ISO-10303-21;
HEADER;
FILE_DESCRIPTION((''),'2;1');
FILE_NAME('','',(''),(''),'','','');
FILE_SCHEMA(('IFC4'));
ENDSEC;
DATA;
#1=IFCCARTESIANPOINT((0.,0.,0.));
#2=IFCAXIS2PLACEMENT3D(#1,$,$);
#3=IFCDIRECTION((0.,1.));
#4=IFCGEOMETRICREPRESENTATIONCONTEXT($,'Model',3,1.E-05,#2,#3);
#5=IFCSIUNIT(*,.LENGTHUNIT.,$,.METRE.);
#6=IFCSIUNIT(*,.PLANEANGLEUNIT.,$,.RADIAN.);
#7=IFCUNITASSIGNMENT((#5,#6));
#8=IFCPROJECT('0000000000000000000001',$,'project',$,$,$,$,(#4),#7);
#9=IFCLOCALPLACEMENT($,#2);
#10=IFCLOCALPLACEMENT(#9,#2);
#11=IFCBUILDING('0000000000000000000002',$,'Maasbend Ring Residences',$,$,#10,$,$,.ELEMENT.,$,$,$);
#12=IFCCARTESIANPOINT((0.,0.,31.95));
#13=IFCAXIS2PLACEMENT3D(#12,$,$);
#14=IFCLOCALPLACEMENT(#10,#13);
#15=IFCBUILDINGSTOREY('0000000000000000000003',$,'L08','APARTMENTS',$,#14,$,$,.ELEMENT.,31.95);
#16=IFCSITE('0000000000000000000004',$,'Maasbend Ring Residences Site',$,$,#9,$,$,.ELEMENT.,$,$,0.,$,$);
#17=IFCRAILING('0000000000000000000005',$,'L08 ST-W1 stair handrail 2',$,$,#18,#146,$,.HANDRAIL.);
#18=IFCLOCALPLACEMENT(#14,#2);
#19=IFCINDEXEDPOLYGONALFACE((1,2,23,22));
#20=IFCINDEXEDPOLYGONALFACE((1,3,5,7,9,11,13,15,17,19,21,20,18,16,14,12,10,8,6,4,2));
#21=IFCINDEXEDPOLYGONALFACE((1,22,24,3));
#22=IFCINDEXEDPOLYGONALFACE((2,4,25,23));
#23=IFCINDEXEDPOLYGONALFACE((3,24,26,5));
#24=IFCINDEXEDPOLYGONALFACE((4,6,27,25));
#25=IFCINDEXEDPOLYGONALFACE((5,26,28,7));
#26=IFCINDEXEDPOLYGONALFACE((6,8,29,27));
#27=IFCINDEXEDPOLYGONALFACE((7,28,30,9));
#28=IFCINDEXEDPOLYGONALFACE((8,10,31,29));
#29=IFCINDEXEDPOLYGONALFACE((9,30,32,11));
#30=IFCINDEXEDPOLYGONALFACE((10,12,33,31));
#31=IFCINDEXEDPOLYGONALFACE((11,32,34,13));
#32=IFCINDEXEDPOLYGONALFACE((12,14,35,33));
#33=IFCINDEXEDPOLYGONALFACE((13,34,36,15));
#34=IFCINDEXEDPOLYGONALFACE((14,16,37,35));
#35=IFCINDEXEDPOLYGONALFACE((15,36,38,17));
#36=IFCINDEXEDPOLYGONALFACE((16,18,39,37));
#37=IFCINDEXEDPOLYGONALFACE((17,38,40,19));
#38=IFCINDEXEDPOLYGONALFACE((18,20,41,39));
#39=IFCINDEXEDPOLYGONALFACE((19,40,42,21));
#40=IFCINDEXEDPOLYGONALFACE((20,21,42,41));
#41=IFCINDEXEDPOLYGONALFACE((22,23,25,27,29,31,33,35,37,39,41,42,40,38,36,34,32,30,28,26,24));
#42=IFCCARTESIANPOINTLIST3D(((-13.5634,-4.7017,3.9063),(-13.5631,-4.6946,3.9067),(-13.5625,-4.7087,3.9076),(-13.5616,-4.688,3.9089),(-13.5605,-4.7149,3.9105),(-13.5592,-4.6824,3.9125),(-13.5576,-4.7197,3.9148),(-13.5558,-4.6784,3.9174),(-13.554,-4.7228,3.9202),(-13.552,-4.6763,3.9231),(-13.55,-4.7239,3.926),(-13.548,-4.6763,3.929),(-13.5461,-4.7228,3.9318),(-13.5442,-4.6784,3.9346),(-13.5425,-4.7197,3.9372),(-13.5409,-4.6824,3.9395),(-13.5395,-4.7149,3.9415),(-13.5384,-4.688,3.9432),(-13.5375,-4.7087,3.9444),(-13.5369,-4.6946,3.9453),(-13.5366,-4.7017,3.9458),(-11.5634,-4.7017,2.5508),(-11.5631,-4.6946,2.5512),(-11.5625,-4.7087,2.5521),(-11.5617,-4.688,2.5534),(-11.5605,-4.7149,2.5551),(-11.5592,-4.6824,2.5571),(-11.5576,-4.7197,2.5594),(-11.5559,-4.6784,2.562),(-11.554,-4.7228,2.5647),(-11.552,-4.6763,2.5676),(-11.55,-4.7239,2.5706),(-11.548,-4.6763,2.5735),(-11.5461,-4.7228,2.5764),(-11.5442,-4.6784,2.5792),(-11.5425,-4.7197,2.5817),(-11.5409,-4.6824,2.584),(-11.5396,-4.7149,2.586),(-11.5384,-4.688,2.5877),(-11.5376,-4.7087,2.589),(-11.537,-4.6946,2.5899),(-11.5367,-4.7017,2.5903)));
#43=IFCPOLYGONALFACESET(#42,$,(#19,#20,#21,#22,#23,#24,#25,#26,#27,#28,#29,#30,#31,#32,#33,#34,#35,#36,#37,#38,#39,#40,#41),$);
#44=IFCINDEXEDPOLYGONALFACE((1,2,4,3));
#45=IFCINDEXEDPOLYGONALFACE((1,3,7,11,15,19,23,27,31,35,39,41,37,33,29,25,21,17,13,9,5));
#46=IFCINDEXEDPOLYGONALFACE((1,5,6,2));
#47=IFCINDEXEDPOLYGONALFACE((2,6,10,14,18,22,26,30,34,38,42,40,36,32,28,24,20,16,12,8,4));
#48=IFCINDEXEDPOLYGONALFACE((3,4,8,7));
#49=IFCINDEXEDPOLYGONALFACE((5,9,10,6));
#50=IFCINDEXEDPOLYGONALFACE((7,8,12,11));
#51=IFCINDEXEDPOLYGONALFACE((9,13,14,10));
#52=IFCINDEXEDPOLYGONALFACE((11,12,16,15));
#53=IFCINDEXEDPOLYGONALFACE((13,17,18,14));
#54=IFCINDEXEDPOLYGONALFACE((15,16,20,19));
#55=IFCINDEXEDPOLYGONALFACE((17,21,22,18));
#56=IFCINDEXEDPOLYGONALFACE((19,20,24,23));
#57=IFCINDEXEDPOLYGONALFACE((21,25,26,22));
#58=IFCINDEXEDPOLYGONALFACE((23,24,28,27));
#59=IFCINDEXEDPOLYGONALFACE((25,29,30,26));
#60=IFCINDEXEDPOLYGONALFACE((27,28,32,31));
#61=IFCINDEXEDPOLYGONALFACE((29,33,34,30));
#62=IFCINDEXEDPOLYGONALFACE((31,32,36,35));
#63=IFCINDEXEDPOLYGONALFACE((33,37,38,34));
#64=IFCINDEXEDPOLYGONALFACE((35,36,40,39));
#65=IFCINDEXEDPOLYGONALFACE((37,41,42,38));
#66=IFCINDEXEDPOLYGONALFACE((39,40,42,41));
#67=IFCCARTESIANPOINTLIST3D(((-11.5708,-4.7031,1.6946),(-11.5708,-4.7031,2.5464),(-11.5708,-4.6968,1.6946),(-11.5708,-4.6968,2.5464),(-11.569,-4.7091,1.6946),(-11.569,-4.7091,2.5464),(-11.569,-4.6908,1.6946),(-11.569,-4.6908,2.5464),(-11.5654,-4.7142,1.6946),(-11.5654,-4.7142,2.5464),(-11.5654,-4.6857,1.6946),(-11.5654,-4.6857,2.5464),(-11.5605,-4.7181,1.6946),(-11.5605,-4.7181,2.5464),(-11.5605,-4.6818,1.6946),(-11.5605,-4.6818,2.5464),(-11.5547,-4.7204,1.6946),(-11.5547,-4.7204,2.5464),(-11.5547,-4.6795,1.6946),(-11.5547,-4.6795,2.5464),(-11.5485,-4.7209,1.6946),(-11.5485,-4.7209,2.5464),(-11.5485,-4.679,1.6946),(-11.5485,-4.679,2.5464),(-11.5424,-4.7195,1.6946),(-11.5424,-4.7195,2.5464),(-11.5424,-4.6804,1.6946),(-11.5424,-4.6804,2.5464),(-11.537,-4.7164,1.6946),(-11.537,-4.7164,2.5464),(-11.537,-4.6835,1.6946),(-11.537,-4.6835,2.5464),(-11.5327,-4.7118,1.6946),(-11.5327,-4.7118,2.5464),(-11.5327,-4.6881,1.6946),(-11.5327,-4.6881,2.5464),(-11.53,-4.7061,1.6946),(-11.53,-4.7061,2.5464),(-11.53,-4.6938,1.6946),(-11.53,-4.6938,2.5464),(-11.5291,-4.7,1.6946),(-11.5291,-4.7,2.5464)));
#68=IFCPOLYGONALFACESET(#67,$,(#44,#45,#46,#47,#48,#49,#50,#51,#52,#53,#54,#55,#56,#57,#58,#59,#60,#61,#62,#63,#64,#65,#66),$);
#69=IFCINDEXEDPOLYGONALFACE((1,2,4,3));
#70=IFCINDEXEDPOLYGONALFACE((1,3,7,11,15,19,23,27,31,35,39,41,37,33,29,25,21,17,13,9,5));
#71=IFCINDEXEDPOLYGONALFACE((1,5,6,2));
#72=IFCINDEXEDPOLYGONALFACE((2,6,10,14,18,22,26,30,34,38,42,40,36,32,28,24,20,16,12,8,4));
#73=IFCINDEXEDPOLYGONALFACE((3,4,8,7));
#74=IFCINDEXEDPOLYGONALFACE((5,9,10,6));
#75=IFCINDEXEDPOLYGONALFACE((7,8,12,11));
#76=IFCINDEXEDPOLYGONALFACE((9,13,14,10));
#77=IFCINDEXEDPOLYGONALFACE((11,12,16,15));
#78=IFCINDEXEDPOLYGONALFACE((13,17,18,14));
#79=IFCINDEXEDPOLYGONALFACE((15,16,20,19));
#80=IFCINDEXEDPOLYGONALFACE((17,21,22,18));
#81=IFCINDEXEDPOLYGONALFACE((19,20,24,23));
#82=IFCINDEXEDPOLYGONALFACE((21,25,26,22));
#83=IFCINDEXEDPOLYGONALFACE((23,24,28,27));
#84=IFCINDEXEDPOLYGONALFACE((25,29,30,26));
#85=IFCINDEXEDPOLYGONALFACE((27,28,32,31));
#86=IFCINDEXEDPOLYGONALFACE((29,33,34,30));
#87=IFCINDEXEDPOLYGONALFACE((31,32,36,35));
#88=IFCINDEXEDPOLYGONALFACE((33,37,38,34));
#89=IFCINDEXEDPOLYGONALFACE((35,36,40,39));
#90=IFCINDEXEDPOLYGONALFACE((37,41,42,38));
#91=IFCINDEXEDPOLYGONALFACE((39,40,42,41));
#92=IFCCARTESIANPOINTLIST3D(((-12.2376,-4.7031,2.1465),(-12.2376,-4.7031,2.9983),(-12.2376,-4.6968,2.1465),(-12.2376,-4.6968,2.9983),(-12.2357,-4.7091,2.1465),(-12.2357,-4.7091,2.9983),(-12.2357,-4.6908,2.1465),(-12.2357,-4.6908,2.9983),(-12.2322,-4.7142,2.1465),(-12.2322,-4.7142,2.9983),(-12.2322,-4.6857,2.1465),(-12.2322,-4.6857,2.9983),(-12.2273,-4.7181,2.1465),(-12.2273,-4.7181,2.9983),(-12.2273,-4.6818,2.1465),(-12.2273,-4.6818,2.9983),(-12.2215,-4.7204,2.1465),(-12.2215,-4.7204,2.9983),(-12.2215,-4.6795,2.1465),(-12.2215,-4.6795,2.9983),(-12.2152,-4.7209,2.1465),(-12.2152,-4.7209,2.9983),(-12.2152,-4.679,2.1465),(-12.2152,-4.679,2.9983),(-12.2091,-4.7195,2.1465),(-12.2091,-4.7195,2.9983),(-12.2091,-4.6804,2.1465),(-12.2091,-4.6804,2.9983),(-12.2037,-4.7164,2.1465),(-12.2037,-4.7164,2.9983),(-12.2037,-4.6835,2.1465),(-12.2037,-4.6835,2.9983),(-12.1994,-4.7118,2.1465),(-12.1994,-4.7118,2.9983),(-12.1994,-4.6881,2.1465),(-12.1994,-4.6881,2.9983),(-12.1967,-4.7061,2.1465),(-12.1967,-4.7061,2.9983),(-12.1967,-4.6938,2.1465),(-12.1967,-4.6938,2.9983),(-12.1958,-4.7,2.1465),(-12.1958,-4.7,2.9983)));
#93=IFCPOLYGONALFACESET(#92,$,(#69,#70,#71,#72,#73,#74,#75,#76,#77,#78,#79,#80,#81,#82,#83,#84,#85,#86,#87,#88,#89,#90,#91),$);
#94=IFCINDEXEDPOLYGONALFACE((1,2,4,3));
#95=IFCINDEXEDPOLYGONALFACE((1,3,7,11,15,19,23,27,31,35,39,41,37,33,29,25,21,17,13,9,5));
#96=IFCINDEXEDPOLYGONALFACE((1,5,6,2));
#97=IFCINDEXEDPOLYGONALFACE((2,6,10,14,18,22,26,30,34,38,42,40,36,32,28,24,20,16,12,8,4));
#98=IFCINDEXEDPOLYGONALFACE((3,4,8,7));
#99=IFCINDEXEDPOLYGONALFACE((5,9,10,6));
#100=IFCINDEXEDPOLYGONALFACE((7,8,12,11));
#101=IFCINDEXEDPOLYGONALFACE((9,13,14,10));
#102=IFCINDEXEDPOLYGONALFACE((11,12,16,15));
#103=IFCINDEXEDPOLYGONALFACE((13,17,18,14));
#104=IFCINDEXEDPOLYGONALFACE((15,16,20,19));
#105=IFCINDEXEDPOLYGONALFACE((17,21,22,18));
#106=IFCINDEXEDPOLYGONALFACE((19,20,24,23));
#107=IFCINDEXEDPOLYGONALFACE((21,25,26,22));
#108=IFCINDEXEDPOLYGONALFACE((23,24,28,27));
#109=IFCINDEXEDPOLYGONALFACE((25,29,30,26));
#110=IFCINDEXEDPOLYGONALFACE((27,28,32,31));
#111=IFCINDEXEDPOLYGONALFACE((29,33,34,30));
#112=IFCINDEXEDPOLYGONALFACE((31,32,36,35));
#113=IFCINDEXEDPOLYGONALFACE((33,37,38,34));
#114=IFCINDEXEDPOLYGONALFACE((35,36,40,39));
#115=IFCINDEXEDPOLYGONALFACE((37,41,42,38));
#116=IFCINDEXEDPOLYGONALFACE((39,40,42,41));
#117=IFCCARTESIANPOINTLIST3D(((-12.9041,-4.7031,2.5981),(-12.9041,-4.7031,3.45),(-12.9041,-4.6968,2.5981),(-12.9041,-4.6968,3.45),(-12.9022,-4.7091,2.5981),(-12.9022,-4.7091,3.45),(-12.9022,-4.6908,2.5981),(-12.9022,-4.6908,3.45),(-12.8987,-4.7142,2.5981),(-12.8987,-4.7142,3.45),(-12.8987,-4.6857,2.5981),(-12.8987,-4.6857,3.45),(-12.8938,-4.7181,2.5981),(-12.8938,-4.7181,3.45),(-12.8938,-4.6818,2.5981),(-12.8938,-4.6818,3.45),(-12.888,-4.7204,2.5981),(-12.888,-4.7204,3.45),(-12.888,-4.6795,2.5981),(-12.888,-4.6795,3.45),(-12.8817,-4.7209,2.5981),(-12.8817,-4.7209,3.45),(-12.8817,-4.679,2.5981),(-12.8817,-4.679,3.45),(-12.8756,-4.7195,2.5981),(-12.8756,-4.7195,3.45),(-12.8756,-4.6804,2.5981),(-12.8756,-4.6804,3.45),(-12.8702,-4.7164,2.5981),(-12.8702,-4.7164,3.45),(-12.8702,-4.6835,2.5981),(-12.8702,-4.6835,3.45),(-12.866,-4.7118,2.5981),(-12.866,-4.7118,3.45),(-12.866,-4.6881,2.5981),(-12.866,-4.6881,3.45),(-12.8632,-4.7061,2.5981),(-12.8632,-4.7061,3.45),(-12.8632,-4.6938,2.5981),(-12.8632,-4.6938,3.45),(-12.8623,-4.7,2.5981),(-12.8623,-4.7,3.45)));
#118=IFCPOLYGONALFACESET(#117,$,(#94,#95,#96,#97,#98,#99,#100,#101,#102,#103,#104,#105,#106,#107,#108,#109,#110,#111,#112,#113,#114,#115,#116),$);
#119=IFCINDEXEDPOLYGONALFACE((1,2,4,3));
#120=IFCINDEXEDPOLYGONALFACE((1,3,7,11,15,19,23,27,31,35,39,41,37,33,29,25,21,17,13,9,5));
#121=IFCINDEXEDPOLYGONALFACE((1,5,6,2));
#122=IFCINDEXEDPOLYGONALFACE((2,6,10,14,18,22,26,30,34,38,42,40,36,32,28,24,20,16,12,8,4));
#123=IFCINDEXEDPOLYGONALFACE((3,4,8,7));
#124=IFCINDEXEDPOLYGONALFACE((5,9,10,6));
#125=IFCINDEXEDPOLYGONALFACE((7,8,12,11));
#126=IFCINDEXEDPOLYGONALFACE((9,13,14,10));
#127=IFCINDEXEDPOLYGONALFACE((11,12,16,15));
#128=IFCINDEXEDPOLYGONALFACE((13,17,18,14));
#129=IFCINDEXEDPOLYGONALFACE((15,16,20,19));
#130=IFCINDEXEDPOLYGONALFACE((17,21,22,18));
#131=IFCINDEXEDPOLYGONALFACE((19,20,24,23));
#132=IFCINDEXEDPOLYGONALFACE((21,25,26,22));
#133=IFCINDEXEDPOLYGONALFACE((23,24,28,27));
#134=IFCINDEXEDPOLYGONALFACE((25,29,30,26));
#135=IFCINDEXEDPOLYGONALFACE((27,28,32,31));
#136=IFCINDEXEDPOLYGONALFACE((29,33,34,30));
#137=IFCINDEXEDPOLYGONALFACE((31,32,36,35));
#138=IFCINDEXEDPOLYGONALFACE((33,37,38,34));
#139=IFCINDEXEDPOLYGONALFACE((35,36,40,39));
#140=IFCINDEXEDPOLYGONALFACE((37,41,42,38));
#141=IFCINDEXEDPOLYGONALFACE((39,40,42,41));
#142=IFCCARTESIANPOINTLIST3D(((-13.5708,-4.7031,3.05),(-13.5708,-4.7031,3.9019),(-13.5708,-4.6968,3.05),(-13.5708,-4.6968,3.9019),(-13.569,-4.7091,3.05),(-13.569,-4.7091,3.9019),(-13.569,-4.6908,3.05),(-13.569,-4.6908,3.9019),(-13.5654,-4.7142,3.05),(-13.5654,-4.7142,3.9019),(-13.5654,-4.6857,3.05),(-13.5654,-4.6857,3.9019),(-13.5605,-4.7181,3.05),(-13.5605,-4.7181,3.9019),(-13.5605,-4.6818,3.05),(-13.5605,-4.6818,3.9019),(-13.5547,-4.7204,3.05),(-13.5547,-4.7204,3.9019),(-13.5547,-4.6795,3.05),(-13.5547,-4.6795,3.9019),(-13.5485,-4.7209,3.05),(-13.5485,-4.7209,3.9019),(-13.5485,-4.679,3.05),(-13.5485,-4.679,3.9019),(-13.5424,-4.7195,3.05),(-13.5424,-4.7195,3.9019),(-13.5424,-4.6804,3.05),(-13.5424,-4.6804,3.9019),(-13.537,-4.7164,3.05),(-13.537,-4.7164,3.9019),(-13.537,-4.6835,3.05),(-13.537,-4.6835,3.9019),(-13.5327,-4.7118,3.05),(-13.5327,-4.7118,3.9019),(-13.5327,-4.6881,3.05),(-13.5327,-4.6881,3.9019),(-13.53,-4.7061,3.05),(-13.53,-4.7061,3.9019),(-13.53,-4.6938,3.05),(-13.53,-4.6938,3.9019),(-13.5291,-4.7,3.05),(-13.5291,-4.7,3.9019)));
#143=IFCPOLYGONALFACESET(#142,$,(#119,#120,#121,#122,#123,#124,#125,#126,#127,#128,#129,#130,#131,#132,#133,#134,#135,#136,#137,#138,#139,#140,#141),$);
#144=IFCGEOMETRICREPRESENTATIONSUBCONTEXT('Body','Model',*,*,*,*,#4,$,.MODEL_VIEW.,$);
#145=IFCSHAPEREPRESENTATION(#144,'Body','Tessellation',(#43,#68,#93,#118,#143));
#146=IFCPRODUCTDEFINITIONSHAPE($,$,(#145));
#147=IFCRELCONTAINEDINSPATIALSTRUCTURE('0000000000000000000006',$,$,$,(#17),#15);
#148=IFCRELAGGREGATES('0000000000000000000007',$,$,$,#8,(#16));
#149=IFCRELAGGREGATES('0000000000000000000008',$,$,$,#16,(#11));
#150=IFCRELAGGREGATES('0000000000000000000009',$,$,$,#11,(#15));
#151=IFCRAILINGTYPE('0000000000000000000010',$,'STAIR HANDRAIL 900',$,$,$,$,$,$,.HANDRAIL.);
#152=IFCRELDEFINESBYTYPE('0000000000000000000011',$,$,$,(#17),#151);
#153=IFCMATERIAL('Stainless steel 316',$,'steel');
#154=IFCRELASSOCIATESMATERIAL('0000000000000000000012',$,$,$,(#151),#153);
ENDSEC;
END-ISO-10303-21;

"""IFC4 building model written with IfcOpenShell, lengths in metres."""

from ifc_helpers import new_model, si_unit, direction, frame, origin, origin_2d, place, context, subcontext, project, spatial, circle, extrude, material, type_object, element, save


model = new_model("IFC4")

# Units and contexts
model_context = context("Model", 3, precision=1e-05, world=origin(), true_north=direction((0.0, 1.0)))
body_context = subcontext(model_context, "Body", "Model", "MODEL_VIEW")
ifc_project = project(units=[si_unit("LENGTHUNIT", "METRE"), si_unit("PLANEANGLEUNIT", "RADIAN")], contexts=[model_context])

# Site, building, storey
site_placement = place(None, origin())
site = spatial("IfcSite", under=ifc_project, at=site_placement, Name="Maasbend Ring Residences Site", CompositionType="ELEMENT", RefElevation=0.0)
building_placement = place(site_placement, origin())
building = spatial("IfcBuilding", under=site, at=building_placement, Name="Maasbend Ring Residences", CompositionType="ELEMENT")
storey_placement = place(building_placement, frame((0.0, 0.0, 31.95)))
storey = spatial("IfcBuildingStorey", under=building, at=storey_placement, Name="L08", Description="APARTMENTS", CompositionType="ELEMENT", Elevation=31.95)

# Railing
ifc_material_1 = material(Name="Stainless steel 316", Category="steel")
railing_type_1 = type_object("IfcRailingType", Name="STAIR HANDRAIL 900", PredefinedType="HANDRAIL", material=ifc_material_1)
railing_1_placement = place(storey_placement, frame((-11.55, -4.7, 1.6946)))
element("IfcRailing", 1, at=railing_1_placement, inside=storey, type_object=railing_type_1, Name="L08 ST-W1 stair handrail 2", PredefinedType="HANDRAIL", context=body_context, shape_type="SweptSolid", body=[
    extrude(circle(Radius=0.0239, at=origin_2d()), frame((0.0, 0.0, 0.876), z_axis=(-0.827798, 0.0, 0.561027), x_axis=(0.0, -1.0, 0.0)), (0.0, 0.0, 1.0), 2.416),
    extrude(circle(Radius=0.021, at=origin_2d()), origin(), (0.0, 0.0, 1.0), 0.8518),
    extrude(circle(Radius=0.021, at=origin_2d()), frame((-0.6667, 0.0, 0.4519)), (0.0, 0.0, 1.0), 0.8518),
    extrude(circle(Radius=0.021, at=origin_2d()), frame((-1.3333, 0.0, 0.9036)), (0.0, 0.0, 1.0), 0.8518),
    extrude(circle(Radius=0.021, at=origin_2d()), frame((-2.0, 0.0, 1.3555)), (0.0, 0.0, 1.0), 0.8518),
])

save(model, "model.ifc")
